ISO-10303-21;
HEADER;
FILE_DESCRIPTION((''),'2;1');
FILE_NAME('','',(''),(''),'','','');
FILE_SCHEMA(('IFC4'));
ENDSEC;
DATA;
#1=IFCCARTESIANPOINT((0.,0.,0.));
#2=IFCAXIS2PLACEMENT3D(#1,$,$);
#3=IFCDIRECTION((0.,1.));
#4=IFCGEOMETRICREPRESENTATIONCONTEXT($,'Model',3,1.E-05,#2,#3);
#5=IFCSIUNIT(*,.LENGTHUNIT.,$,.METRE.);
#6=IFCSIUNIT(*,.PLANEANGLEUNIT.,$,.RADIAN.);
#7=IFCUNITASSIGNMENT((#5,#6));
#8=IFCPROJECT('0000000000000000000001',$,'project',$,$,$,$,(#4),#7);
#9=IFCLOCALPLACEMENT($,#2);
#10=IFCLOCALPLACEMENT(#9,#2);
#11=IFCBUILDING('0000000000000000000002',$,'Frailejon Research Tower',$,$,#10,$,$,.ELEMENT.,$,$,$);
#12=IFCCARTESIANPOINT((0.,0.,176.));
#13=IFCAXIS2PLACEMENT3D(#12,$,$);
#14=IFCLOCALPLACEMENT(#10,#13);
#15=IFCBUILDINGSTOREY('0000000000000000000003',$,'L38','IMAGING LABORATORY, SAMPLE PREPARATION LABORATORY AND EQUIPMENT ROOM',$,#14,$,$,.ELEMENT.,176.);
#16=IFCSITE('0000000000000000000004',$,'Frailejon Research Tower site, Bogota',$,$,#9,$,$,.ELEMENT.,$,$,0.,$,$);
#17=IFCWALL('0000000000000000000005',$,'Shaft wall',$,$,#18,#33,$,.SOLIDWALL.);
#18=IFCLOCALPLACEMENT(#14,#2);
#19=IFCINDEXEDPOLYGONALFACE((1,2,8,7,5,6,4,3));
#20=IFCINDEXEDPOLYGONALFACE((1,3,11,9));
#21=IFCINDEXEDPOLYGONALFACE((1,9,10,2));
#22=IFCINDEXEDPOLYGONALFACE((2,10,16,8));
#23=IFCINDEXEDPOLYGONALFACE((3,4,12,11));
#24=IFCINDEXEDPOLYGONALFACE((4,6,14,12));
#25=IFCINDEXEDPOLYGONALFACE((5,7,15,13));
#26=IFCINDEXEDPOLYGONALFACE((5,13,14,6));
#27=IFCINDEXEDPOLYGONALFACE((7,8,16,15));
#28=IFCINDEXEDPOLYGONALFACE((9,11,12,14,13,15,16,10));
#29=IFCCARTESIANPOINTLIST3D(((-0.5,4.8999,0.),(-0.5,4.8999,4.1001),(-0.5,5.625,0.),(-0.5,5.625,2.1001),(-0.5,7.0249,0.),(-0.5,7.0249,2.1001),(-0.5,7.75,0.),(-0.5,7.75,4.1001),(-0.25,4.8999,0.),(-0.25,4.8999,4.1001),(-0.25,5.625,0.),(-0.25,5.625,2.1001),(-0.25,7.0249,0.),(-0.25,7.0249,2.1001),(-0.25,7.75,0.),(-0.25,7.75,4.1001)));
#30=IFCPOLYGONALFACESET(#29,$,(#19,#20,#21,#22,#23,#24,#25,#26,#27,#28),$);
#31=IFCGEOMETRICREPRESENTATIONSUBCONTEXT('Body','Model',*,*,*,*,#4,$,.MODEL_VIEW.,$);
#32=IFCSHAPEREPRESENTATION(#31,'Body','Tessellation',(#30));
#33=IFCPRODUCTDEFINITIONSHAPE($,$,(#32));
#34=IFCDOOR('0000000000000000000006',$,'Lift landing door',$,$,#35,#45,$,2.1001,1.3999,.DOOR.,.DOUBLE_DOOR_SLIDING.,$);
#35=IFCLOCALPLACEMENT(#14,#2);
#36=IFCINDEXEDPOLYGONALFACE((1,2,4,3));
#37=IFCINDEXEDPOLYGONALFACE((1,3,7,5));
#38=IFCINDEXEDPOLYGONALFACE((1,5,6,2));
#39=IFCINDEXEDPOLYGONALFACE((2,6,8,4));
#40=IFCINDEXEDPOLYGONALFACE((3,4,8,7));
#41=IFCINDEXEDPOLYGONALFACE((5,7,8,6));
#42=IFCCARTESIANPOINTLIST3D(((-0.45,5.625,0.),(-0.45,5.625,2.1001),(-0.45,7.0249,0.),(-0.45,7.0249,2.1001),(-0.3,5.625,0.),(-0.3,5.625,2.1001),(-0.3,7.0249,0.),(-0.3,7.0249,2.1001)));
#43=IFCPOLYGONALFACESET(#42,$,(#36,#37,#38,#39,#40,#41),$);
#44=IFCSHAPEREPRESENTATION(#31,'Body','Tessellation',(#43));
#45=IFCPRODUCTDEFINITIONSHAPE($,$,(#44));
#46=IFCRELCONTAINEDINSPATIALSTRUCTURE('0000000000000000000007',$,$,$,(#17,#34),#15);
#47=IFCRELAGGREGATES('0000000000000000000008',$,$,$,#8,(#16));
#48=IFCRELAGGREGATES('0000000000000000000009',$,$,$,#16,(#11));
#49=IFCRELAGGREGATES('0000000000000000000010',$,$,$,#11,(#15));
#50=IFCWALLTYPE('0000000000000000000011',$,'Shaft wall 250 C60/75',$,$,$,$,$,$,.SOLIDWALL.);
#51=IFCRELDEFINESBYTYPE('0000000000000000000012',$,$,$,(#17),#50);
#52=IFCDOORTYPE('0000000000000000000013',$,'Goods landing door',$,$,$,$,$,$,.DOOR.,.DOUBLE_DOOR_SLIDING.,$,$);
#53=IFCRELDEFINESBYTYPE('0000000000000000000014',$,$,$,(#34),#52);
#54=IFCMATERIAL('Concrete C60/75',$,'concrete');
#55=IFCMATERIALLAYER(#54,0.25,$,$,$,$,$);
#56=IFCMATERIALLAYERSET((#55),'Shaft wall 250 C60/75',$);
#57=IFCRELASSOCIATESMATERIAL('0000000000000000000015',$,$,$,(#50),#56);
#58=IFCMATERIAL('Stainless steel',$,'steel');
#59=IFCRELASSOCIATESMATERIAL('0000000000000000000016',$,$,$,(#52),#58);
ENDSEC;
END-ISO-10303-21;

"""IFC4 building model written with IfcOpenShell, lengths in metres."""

from ifc_helpers import new_model, si_unit, direction, frame, frame_2d, origin, place, context, subcontext, project, spatial, rectangle, extrude, material, layer, layer_set, type_object, element, fill, save


model = new_model("IFC4")

# Units and contexts
model_context = context("Model", 3, precision=1e-05, world=origin(), true_north=direction((0.0, 1.0)))
body_context = subcontext(model_context, "Body", "Model", "MODEL_VIEW")
ifc_project = project(units=[si_unit("LENGTHUNIT", "METRE"), si_unit("PLANEANGLEUNIT", "RADIAN")], contexts=[model_context])

# Site, building, storey
site_placement = place(None, origin())
site = spatial("IfcSite", under=ifc_project, at=site_placement, Name="Frailejon Research Tower site, Bogota", CompositionType="ELEMENT", RefElevation=0.0)
building_placement = place(site_placement, origin())
building = spatial("IfcBuilding", under=site, at=building_placement, Name="Frailejon Research Tower", CompositionType="ELEMENT")
storey_placement = place(building_placement, frame((0.0, 0.0, 176.0)))
storey = spatial("IfcBuildingStorey", under=building, at=storey_placement, Name="L38", Description="IMAGING LABORATORY, SAMPLE PREPARATION LABORATORY AND EQUIPMENT ROOM", CompositionType="ELEMENT", Elevation=176.0)

# Shared definitions
ifc_material_1 = material(Name="Concrete C60/75", Category="concrete")
ifc_layer_1 = layer(ifc_material_1, 0.25)
ifc_layer_set_1 = layer_set([ifc_layer_1], Name="Shaft wall 250 C60/75")
wall_type_1 = type_object("IfcWallType", Name="Shaft wall 250 C60/75", PredefinedType="SOLIDWALL", material=ifc_layer_set_1)

# Wall, opening, door
wall_1_placement = place(storey_placement, frame((-0.375, 4.8999, 0.0), z_axis=(0.0, 0.0, 1.0), x_axis=(0.0, 1.0, 0.0)))
wall_1 = element("IfcWall", 1, at=wall_1_placement, inside=storey, type_object=wall_type_1, Name="Shaft wall", PredefinedType="SOLIDWALL", context=body_context, shape_type="SweptSolid", body=[
    extrude(rectangle(XDim=2.8501, YDim=0.25, at=frame_2d((1.425, 0.0))), origin(), (0.0, 0.0, 1.0), 4.1001),
])
opening_1_placement = place(wall_1_placement, frame((0.7251, 0.0, 0.0)))
opening_1 = element("IfcOpeningElement", 2, at=opening_1_placement, cuts=wall_1, PredefinedType="OPENING", context=body_context, shape_type="SweptSolid", body=[
    extrude(rectangle(XDim=1.3999, YDim=2.1001, at=frame_2d((0.7, 1.05))), frame((0.0, 0.135, 0.0), z_axis=(0.0, -1.0, 0.0), x_axis=(1.0, 0.0, 0.0)), (0.0, 0.0, 1.0), 0.27),
])
ifc_material_2 = material(Name="Stainless steel", Category="steel")
door_type_1 = type_object("IfcDoorType", Name="Goods landing door", OperationType="DOUBLE_DOOR_SLIDING", PredefinedType="DOOR", material=ifc_material_2)
door_1_placement = place(opening_1_placement, origin())
door_1 = element("IfcDoor", 3, at=door_1_placement, inside=storey, type_object=door_type_1, Name="Lift landing door", OperationType="DOUBLE_DOOR_SLIDING", OverallHeight=2.1001, OverallWidth=1.3999, PredefinedType="DOOR", context=body_context, shape_type="SweptSolid", body=[
    extrude(rectangle(XDim=1.3999, YDim=2.1001, at=frame_2d((0.7, 1.05))), frame((0.0, 0.075, 0.0), z_axis=(0.0, -1.0, 0.0), x_axis=(1.0, 0.0, 0.0)), (0.0, 0.0, 1.0), 0.1499),
])
fill(opening_1, door_1)

save(model, "model.ifc")
